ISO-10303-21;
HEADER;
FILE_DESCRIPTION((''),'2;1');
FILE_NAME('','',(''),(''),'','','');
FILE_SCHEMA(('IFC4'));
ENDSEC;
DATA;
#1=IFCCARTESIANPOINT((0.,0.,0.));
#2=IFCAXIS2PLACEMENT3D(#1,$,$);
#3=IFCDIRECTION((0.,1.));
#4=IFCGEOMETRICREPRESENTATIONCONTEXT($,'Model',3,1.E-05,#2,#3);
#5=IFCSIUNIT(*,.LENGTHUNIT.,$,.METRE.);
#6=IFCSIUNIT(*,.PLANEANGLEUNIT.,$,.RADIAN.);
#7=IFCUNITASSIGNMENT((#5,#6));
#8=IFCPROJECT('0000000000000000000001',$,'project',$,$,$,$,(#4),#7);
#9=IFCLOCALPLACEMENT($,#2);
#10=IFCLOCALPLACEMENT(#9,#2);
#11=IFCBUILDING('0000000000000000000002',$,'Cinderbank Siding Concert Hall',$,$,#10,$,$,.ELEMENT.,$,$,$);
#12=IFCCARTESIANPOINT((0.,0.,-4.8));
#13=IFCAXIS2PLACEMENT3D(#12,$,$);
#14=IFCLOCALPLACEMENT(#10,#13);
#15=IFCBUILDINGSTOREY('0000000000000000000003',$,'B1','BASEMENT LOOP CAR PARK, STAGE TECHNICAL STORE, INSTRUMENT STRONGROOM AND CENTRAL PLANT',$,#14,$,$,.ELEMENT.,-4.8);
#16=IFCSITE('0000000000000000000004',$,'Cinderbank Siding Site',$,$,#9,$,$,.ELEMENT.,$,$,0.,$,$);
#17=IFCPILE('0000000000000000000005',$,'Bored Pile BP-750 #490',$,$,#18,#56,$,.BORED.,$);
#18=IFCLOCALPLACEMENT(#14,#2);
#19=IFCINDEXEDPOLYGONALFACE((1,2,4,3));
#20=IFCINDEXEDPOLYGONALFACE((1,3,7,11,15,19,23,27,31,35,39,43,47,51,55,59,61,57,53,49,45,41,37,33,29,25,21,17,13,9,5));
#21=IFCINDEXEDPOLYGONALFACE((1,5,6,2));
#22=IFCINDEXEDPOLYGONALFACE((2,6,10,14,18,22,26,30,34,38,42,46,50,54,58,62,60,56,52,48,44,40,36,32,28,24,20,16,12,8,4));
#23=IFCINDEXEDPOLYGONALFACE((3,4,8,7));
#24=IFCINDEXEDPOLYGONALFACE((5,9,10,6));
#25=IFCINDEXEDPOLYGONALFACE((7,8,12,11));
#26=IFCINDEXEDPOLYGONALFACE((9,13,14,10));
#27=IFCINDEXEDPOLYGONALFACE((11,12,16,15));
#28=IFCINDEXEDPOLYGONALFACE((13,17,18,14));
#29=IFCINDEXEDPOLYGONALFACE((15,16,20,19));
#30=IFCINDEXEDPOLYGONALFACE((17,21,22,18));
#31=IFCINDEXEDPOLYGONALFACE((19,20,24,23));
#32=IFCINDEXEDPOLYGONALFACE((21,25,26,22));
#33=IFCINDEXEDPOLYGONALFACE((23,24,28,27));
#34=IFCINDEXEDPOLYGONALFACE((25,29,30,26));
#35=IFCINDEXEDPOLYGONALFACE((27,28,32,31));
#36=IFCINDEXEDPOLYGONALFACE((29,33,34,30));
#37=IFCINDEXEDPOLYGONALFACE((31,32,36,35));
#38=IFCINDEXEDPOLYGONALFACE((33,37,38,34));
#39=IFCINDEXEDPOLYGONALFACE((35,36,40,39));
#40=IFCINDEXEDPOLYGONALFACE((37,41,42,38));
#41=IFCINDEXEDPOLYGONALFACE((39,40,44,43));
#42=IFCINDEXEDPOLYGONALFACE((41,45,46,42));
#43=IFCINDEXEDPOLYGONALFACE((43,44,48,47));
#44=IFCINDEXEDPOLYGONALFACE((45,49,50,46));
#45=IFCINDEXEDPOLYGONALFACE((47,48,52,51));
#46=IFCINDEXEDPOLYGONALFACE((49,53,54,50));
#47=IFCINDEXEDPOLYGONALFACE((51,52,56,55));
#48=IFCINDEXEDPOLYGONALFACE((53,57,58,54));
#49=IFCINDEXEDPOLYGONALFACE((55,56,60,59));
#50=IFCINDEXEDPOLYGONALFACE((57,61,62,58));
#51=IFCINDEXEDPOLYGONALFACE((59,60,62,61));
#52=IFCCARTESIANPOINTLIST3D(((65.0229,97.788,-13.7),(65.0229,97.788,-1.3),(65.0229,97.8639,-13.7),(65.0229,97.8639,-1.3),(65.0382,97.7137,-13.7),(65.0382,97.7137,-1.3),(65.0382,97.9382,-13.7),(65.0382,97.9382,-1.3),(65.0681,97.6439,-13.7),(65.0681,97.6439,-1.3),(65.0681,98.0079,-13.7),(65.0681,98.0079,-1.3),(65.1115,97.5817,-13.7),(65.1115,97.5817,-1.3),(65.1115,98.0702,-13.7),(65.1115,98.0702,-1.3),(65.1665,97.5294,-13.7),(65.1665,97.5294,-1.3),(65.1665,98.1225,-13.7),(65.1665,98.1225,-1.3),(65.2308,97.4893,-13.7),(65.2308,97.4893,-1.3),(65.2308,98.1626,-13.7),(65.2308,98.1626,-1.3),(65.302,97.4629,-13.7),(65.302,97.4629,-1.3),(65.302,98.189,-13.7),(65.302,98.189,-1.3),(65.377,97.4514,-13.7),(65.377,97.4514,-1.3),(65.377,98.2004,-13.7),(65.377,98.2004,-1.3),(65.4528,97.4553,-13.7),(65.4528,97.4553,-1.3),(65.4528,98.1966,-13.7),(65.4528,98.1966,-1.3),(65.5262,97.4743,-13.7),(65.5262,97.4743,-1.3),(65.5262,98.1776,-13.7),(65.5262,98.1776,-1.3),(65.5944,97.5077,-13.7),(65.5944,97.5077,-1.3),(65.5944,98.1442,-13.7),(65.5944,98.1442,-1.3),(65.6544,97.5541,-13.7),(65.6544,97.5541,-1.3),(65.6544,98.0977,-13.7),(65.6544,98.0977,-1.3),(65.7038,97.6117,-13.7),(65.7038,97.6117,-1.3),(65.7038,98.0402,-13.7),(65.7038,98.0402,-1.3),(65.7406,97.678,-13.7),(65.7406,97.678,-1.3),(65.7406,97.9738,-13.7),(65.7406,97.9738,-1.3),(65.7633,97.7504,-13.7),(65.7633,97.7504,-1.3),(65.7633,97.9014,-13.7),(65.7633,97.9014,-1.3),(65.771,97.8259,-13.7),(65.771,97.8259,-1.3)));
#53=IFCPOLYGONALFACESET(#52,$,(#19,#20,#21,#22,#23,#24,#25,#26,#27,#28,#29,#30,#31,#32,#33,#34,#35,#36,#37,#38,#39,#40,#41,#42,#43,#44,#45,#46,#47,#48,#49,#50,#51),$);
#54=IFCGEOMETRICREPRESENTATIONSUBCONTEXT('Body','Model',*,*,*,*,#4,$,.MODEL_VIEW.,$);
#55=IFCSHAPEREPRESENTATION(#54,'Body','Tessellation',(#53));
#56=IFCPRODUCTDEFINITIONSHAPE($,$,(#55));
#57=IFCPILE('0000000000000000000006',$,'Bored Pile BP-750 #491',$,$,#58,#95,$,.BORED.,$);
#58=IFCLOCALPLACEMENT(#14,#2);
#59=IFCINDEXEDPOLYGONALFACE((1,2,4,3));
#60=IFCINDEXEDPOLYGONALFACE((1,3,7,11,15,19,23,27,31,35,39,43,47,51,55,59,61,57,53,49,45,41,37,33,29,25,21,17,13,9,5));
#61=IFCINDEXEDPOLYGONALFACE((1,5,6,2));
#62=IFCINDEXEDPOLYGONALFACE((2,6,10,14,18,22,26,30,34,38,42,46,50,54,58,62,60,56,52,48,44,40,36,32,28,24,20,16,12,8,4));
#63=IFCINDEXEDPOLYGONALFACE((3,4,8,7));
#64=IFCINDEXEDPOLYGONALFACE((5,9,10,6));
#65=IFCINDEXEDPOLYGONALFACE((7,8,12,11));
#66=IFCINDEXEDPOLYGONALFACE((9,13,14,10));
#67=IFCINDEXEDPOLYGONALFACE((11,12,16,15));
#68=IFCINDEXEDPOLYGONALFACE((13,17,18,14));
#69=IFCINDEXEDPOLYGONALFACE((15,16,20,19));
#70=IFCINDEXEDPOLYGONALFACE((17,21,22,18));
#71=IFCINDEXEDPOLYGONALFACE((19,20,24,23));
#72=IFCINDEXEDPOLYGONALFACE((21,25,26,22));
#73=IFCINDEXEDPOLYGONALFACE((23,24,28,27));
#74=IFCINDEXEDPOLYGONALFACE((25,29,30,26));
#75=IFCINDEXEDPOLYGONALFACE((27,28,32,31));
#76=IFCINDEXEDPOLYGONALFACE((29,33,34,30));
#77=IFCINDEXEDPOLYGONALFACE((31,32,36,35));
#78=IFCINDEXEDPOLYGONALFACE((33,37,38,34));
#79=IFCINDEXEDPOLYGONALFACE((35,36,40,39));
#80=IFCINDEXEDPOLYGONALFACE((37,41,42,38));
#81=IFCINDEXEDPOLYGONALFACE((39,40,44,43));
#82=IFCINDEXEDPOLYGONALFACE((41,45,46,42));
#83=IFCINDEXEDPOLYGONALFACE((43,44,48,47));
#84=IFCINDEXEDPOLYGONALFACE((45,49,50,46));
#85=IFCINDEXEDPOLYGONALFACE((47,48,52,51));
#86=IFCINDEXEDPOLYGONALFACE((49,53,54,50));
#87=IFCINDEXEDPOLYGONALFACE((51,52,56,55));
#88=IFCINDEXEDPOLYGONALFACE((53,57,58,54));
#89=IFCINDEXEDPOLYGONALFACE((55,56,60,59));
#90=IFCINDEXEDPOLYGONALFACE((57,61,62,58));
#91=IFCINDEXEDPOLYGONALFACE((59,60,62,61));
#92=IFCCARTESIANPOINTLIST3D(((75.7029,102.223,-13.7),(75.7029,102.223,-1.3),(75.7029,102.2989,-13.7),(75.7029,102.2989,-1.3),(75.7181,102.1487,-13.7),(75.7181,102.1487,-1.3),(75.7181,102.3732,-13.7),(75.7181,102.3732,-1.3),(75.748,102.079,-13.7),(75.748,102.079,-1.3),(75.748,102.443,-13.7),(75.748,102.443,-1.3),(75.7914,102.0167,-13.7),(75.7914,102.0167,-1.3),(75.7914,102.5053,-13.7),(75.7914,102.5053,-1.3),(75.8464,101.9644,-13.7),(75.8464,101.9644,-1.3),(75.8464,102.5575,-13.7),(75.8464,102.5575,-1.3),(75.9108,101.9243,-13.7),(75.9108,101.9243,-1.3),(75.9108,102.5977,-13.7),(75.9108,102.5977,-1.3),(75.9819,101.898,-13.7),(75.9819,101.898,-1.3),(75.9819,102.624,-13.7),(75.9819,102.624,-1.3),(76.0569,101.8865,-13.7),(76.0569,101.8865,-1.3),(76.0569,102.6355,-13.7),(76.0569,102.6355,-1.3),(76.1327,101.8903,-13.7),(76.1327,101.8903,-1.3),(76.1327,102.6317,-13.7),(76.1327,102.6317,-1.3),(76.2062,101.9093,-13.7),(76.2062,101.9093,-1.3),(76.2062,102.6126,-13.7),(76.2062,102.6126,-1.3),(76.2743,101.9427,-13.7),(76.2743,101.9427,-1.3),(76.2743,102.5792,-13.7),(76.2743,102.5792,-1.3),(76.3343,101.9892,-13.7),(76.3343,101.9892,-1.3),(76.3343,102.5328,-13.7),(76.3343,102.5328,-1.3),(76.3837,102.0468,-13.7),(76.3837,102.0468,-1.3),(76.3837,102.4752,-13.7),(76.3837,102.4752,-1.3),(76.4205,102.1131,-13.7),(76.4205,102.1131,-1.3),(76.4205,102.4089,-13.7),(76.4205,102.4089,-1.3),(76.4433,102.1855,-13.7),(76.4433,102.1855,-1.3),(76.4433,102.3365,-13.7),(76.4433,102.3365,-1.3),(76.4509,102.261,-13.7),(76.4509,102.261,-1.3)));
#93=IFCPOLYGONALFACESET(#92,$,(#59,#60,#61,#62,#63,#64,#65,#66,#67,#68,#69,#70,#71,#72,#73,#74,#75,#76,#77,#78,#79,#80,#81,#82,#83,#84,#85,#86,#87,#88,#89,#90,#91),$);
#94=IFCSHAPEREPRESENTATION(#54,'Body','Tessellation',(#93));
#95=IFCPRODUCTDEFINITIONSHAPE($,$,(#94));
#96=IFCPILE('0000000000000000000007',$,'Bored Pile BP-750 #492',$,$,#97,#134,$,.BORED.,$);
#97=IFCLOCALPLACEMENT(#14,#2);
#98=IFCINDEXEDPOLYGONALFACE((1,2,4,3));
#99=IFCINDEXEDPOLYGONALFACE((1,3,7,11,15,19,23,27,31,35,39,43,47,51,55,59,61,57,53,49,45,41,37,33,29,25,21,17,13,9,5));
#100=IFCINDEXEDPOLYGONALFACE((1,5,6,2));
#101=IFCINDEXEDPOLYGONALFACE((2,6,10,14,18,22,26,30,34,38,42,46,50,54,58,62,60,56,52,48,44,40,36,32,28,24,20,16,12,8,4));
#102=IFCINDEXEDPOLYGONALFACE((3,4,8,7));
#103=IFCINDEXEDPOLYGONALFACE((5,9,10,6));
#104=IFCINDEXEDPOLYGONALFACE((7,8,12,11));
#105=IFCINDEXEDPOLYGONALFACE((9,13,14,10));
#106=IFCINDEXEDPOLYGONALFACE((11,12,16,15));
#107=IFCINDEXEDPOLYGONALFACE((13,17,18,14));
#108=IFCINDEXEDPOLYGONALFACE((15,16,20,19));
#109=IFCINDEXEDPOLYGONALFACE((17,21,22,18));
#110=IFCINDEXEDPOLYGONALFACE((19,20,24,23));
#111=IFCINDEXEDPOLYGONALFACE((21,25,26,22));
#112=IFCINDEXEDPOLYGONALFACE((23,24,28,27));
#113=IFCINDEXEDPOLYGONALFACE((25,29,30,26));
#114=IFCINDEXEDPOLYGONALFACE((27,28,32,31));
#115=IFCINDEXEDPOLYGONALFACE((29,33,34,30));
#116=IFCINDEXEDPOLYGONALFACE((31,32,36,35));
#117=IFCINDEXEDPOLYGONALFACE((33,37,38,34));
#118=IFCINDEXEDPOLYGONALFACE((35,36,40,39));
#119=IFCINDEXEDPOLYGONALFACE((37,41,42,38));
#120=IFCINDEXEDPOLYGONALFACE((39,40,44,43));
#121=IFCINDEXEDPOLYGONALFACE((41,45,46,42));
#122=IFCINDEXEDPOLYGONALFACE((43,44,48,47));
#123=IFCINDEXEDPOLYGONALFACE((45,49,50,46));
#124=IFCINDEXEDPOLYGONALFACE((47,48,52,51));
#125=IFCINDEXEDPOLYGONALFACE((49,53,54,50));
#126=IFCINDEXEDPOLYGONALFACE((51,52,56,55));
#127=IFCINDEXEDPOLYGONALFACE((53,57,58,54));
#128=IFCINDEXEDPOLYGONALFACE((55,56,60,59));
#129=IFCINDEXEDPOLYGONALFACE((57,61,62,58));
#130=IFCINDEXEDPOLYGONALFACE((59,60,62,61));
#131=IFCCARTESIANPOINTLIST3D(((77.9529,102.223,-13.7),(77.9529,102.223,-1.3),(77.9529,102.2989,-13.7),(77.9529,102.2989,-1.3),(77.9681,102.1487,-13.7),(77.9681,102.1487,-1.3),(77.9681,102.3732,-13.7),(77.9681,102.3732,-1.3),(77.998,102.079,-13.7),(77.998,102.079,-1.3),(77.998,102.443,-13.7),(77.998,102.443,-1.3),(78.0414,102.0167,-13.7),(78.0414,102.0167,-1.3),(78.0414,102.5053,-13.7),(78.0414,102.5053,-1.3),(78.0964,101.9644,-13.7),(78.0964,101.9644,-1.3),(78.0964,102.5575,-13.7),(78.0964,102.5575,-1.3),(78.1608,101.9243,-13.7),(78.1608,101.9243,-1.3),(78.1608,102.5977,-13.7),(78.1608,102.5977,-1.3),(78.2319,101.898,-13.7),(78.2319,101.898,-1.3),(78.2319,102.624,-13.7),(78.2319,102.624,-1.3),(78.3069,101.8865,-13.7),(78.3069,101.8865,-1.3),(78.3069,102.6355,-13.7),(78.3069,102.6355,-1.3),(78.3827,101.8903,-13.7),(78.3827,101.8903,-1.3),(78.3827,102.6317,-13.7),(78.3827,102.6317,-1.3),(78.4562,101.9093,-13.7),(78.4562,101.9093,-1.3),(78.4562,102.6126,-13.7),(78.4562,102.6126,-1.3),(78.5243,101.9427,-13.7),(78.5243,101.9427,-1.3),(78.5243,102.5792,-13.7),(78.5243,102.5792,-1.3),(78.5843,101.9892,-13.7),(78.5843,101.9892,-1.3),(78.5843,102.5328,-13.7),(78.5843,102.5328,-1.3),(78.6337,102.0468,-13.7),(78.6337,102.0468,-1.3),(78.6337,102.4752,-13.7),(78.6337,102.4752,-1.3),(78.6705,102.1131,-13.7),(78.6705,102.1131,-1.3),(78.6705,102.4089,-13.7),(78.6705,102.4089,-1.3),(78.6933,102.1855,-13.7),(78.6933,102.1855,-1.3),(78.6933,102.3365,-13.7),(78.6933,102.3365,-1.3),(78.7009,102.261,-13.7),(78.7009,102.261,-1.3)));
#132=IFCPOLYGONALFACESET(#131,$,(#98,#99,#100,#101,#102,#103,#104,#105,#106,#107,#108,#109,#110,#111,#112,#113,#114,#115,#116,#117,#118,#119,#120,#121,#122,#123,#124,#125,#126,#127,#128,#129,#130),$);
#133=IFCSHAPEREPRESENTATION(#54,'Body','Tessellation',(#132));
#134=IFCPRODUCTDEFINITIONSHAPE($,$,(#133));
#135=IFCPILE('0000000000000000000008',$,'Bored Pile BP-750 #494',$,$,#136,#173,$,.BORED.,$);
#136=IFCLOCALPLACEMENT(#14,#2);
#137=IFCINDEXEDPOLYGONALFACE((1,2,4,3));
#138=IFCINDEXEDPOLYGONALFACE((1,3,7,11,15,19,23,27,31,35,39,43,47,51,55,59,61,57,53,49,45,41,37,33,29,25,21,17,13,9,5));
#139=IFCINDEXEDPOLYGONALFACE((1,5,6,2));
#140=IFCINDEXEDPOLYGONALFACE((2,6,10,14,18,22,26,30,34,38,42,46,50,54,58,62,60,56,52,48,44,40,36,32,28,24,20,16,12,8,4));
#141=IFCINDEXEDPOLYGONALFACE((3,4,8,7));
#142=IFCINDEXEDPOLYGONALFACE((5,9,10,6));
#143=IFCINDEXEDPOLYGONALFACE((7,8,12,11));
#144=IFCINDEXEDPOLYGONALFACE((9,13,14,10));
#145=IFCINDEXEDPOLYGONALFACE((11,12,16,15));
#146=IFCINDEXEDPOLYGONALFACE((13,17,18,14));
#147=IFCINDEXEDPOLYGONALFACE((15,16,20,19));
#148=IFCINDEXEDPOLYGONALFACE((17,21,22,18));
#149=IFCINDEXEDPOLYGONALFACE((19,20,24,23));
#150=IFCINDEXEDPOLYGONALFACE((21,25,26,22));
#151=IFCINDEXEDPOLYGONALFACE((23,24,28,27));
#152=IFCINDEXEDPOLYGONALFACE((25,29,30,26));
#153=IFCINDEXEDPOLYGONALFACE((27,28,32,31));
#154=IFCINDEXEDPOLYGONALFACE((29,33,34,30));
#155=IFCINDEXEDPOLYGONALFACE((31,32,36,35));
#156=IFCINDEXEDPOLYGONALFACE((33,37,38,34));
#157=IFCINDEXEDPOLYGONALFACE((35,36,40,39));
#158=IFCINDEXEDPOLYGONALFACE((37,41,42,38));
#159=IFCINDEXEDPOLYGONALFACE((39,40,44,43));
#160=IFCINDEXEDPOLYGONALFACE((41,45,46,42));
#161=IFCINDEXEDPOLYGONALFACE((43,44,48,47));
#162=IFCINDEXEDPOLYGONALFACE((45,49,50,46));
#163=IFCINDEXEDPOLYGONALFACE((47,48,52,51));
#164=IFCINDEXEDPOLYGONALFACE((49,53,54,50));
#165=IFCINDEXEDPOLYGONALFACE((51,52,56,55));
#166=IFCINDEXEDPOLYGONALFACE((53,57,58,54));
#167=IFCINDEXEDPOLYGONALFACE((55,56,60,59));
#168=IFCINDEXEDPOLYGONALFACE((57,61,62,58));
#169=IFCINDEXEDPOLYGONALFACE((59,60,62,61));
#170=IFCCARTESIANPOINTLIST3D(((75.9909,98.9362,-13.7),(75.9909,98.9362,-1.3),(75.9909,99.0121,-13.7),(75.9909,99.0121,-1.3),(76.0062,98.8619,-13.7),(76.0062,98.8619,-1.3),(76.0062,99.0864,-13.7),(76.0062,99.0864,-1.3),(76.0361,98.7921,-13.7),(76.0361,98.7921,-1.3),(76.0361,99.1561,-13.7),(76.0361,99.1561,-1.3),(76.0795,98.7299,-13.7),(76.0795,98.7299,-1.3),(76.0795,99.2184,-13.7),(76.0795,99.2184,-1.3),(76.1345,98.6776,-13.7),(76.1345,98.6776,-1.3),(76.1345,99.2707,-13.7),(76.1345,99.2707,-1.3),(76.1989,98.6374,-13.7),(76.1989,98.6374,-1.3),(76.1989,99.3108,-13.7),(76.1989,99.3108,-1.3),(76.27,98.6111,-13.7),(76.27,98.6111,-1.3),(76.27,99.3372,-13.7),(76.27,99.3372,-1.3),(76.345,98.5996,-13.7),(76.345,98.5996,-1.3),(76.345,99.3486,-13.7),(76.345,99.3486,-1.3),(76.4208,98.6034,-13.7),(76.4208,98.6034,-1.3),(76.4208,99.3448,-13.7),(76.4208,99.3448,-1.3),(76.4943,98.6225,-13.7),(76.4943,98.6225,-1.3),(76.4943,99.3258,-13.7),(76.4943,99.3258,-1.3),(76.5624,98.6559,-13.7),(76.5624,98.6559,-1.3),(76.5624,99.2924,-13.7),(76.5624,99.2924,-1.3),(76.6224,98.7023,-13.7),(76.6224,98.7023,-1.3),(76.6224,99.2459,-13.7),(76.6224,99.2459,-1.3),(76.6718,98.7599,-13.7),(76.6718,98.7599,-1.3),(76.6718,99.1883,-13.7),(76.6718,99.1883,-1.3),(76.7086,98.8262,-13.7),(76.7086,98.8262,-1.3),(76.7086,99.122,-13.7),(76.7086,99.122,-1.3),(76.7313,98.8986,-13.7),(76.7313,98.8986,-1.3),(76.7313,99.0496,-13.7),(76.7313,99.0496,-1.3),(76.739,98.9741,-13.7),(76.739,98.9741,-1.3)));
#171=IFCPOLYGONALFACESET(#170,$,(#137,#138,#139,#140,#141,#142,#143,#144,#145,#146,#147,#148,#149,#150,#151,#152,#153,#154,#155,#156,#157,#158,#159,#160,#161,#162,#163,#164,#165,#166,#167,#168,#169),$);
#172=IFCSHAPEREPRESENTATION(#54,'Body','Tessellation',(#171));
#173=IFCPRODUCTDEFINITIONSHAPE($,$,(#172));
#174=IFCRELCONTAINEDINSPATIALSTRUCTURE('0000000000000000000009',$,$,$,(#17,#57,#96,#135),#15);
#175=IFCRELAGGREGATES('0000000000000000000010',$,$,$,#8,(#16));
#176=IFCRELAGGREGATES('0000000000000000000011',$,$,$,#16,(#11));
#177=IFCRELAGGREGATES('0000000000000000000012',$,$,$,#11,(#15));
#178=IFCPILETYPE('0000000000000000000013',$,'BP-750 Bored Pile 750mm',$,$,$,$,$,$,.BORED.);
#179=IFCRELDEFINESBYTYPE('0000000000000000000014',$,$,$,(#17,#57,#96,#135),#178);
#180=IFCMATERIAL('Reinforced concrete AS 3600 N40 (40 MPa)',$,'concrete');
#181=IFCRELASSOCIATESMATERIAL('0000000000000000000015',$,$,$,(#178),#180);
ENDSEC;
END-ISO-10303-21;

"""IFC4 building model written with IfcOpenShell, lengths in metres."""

from ifc_helpers import new_model, si_unit, direction, frame, origin, origin_2d, place, context, subcontext, project, spatial, circle, extrude, material, material_profile, profile_set, type_object, element, save


model = new_model("IFC4")

# Units and contexts
model_context = context("Model", 3, precision=1e-05, world=origin(), true_north=direction((0.0, 1.0)))
body_context = subcontext(model_context, "Body", "Model", "MODEL_VIEW")
ifc_project = project(units=[si_unit("LENGTHUNIT", "METRE"), si_unit("PLANEANGLEUNIT", "RADIAN")], contexts=[model_context])

# Site, building, storey
site_placement = place(None, origin())
site = spatial("IfcSite", under=ifc_project, at=site_placement, Name="Cinderbank Siding Site", CompositionType="ELEMENT", RefElevation=0.0)
building_placement = place(site_placement, origin())
building = spatial("IfcBuilding", under=site, at=building_placement, Name="Cinderbank Siding Concert Hall", CompositionType="ELEMENT")
storey_placement = place(building_placement, frame((0.0, 0.0, -4.8)))
storey = spatial("IfcBuildingStorey", under=building, at=storey_placement, Name="B1", Description="BASEMENT LOOP CAR PARK, STAGE TECHNICAL STORE, INSTRUMENT STRONGROOM AND CENTRAL PLANT", CompositionType="ELEMENT", Elevation=-4.8)

# Piles
ifc_material_1 = material(Name="Reinforced concrete AS 3600 N40 (40 MPa)", Category="concrete")
ifc_material_profile_1 = material_profile(ifc_material_1, circle(Radius=0.375, at=origin_2d()), Name="PILE-750DIA", Category="LoadBearing")
ifc_profile_set_1 = profile_set([ifc_material_profile_1], Name="Reinforced concrete AS 3600 N40 (40 MPa)")
pile_type_1 = type_object("IfcPileType", Name="BP-750 Bored Pile 750mm", PredefinedType="BORED", material=ifc_profile_set_1)
for number, where, z_axis, x_axis, name in (
    (1, (65.396, 97.8259, -1.3), (0.0, 0.0, -1.0), (1.0, 0.0, 0.0), "Bored Pile BP-750 #490"),
    (2, (76.0759, 102.261, -1.3), (0.0, 0.0, -1.0), (1.0, 0.0, 0.0), "Bored Pile BP-750 #491"),
    (3, (78.3259, 102.261, -1.3), (0.0, 0.0, -1.0), (1.0, 0.0, 0.0), "Bored Pile BP-750 #492"),
    (4, (76.364, 98.9741, -1.3), (0.0, 0.0, -1.0), (1.0, 0.0, 0.0), "Bored Pile BP-750 #494"),
):
    element("IfcPile", number, at=place(storey_placement, frame(where, z_axis=z_axis, x_axis=x_axis)), inside=storey, type_object=pile_type_1, Name=name, PredefinedType="BORED", context=body_context, shape_type="SweptSolid", body=[
        extrude(circle(Radius=0.375, at=origin_2d()), origin(), (0.0, 0.0, 1.0), 12.3999),
    ])

save(model, "model.ifc")
